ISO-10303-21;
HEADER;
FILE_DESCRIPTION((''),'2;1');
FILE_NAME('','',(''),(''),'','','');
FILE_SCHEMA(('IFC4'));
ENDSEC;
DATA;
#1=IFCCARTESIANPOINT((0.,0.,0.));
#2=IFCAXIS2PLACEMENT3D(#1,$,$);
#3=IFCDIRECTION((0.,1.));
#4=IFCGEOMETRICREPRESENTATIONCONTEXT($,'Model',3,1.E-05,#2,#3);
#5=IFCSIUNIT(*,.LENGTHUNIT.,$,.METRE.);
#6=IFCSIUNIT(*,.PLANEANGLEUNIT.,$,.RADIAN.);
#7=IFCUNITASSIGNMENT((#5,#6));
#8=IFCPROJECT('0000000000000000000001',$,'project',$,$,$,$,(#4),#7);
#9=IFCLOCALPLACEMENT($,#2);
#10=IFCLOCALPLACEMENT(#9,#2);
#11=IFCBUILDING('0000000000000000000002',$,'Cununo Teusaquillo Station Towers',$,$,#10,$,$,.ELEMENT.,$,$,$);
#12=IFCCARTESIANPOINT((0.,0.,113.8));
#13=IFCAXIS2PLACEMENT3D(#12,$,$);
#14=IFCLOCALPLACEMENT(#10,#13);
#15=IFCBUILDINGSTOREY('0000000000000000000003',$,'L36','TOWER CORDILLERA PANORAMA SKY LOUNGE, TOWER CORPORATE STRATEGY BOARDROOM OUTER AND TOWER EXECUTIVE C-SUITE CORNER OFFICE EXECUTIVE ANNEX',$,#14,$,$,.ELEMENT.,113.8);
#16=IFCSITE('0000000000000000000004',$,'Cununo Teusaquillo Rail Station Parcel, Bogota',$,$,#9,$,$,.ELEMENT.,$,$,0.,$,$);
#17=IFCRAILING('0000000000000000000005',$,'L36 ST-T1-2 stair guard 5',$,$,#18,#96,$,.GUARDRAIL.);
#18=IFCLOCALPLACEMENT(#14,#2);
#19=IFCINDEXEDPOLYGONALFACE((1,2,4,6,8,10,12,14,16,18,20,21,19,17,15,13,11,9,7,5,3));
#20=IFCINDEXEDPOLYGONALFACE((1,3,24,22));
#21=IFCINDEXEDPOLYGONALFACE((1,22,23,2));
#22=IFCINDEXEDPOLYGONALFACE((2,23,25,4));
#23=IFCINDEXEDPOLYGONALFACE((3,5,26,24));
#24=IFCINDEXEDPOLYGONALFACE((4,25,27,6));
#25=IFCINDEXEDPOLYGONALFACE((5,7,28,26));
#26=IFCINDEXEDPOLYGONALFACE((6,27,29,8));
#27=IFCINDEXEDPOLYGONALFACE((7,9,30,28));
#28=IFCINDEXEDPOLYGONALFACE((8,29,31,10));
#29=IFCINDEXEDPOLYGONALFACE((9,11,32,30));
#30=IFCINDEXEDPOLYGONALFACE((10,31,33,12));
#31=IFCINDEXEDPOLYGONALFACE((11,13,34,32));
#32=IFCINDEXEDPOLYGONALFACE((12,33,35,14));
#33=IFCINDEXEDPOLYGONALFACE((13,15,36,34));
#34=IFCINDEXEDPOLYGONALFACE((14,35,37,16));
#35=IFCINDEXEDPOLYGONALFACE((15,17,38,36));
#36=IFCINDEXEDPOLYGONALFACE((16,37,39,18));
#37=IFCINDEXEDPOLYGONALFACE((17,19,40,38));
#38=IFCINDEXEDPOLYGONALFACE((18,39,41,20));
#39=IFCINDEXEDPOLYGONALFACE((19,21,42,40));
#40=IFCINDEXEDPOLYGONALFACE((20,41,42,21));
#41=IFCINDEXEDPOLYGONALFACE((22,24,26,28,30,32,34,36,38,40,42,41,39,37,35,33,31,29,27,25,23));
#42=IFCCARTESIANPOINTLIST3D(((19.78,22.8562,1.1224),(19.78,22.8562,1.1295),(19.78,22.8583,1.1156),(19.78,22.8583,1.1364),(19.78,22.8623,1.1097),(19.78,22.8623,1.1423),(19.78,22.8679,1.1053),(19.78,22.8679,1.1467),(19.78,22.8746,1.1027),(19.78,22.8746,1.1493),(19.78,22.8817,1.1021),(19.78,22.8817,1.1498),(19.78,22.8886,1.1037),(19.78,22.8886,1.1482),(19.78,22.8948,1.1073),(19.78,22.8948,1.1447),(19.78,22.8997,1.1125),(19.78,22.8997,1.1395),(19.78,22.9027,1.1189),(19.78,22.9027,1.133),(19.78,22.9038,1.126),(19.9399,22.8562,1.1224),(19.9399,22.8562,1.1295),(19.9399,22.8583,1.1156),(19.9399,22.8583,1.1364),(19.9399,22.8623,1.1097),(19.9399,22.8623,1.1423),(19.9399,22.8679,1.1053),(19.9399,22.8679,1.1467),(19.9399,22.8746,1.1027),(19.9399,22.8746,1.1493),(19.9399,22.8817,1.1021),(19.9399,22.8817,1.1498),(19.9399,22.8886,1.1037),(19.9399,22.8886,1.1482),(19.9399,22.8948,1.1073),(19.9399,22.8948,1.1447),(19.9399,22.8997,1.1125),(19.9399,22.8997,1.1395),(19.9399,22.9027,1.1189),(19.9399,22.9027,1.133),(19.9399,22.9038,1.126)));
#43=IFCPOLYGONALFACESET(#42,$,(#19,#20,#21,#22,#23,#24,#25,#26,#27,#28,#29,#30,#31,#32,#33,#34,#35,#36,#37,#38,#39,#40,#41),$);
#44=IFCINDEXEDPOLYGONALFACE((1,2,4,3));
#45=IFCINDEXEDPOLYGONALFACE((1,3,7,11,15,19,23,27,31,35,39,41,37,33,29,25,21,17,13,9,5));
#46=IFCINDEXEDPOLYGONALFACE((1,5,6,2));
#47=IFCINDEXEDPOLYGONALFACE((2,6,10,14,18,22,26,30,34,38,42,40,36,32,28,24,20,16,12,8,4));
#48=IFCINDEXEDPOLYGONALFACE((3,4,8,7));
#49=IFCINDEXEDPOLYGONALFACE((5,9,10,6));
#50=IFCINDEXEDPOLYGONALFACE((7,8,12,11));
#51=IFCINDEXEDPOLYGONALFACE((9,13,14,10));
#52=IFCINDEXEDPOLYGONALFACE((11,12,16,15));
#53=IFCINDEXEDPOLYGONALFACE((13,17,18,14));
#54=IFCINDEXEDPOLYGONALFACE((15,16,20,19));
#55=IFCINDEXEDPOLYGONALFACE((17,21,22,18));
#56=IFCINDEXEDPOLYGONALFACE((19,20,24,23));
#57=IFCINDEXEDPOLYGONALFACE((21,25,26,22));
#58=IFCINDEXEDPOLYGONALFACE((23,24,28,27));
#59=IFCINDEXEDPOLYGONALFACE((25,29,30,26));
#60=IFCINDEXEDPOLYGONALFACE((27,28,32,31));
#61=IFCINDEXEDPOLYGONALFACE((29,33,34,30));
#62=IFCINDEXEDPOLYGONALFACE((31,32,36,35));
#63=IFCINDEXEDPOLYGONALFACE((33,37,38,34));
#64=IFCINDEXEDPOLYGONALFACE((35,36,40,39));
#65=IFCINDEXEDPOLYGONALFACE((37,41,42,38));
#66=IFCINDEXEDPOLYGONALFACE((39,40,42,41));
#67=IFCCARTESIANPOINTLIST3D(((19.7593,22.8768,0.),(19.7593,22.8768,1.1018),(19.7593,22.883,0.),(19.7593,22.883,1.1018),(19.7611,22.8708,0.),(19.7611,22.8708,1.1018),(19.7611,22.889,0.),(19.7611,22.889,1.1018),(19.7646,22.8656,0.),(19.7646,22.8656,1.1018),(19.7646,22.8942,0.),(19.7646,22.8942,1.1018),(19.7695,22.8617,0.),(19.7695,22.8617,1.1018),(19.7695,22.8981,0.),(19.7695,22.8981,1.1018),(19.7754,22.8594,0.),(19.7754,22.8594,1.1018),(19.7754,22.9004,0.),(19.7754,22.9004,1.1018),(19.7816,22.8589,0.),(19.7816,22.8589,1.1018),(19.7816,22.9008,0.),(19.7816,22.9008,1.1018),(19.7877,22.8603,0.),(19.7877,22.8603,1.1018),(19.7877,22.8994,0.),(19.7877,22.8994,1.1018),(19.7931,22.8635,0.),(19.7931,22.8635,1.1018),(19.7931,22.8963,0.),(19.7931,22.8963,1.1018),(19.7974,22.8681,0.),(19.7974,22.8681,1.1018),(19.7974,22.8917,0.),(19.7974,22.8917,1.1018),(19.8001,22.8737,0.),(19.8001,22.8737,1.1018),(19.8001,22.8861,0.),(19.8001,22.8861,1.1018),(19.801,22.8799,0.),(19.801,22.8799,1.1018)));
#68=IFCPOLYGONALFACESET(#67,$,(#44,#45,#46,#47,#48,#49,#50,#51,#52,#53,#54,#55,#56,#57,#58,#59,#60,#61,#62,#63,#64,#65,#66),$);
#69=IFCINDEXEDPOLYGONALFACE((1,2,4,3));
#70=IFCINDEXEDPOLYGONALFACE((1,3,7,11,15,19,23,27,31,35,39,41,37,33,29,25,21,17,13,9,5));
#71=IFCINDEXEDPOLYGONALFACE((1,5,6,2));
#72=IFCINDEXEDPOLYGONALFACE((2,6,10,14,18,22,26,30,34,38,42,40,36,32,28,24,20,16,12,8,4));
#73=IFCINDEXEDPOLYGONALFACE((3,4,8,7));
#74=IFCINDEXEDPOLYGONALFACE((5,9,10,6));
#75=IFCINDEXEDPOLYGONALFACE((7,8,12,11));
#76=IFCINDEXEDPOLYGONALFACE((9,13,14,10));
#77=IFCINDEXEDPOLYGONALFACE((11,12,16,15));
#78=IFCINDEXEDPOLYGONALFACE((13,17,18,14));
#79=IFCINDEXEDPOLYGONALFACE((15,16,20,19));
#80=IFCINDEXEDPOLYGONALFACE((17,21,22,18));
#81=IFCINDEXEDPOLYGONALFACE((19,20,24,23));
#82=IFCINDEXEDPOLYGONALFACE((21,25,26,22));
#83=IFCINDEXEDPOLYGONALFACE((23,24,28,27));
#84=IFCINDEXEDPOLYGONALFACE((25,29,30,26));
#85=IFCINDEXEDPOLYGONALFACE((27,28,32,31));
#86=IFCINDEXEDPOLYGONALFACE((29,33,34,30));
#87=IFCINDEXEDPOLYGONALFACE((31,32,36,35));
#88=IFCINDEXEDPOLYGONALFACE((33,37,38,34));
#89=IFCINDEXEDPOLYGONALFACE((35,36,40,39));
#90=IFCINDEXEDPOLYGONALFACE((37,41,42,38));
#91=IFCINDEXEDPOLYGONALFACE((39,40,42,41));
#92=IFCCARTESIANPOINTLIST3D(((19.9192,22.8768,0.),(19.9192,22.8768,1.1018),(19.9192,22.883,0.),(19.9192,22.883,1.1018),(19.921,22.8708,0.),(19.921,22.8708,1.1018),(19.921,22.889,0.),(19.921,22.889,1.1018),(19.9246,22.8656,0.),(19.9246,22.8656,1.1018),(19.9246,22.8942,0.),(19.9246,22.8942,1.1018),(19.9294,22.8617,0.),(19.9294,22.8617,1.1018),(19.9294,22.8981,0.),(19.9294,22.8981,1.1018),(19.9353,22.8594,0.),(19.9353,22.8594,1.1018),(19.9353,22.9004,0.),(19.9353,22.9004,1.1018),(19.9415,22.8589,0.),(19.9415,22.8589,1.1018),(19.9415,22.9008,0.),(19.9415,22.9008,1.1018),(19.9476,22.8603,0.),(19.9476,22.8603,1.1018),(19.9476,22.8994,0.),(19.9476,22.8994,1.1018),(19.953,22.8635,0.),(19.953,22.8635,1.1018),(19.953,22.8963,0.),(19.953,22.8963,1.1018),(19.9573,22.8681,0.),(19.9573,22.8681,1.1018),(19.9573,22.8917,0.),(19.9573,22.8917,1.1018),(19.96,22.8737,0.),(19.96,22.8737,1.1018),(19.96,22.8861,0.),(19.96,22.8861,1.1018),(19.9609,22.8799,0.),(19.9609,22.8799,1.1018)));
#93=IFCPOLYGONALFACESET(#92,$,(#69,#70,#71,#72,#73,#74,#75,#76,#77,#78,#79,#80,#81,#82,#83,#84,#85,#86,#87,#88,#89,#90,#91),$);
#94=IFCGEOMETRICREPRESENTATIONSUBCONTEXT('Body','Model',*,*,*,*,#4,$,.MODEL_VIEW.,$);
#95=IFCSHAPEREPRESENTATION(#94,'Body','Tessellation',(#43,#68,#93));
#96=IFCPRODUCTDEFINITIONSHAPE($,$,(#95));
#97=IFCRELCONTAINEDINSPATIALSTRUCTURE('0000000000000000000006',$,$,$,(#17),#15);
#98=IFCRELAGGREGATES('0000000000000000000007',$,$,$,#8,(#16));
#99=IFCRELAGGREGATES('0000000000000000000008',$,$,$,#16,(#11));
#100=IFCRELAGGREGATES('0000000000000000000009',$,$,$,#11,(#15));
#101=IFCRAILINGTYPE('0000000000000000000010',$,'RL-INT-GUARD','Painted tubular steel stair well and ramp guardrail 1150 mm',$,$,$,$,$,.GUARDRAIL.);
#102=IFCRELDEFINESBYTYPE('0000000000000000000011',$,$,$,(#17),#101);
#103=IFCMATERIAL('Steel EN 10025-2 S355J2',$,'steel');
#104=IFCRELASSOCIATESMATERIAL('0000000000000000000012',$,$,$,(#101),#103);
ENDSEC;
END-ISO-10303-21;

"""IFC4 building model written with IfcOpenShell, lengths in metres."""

from ifc_helpers import new_model, si_unit, direction, frame, origin, origin_2d, place, context, subcontext, project, spatial, circle, extrude, material, type_object, element, save


model = new_model("IFC4")

# Units and contexts
model_context = context("Model", 3, precision=1e-05, world=origin(), true_north=direction((0.0, 1.0)))
body_context = subcontext(model_context, "Body", "Model", "MODEL_VIEW")
ifc_project = project(units=[si_unit("LENGTHUNIT", "METRE"), si_unit("PLANEANGLEUNIT", "RADIAN")], contexts=[model_context])

# Site, building, storey
site_placement = place(None, origin())
site = spatial("IfcSite", under=ifc_project, at=site_placement, Name="Cununo Teusaquillo Rail Station Parcel, Bogota", CompositionType="ELEMENT", RefElevation=0.0)
building_placement = place(site_placement, origin())
building = spatial("IfcBuilding", under=site, at=building_placement, Name="Cununo Teusaquillo Station Towers", CompositionType="ELEMENT")
storey_placement = place(building_placement, frame((0.0, 0.0, 113.8)))
storey = spatial("IfcBuildingStorey", under=building, at=storey_placement, Name="L36", Description="TOWER CORDILLERA PANORAMA SKY LOUNGE, TOWER CORPORATE STRATEGY BOARDROOM OUTER AND TOWER EXECUTIVE C-SUITE CORNER OFFICE EXECUTIVE ANNEX", CompositionType="ELEMENT", Elevation=113.8)

# Railing
ifc_material_1 = material(Name="Steel EN 10025-2 S355J2", Category="steel")
railing_type_1 = type_object("IfcRailingType", Name="RL-INT-GUARD", Description="Painted tubular steel stair well and ramp guardrail 1150 mm", PredefinedType="GUARDRAIL", material=ifc_material_1)
railing_1_placement = place(storey_placement, frame((19.78, 22.8799, 0.0)))
element("IfcRailing", 1, at=railing_1_placement, inside=storey, type_object=railing_type_1, Name="L36 ST-T1-2 stair guard 5", PredefinedType="GUARDRAIL", context=body_context, shape_type="SweptSolid", body=[
    extrude(circle(Radius=0.0239, at=origin_2d()), frame((0.0, 0.0, 1.126), z_axis=(1.0, 0.0, 0.0), x_axis=(0.0, 1.0, 0.0)), (0.0, 0.0, 1.0), 0.1599),
    extrude(circle(Radius=0.021, at=origin_2d()), origin(), (0.0, 0.0, 1.0), 1.1018),
    extrude(circle(Radius=0.021, at=origin_2d()), frame((0.1599, 0.0, 0.0)), (0.0, 0.0, 1.0), 1.1018),
])

save(model, "model.ifc")
